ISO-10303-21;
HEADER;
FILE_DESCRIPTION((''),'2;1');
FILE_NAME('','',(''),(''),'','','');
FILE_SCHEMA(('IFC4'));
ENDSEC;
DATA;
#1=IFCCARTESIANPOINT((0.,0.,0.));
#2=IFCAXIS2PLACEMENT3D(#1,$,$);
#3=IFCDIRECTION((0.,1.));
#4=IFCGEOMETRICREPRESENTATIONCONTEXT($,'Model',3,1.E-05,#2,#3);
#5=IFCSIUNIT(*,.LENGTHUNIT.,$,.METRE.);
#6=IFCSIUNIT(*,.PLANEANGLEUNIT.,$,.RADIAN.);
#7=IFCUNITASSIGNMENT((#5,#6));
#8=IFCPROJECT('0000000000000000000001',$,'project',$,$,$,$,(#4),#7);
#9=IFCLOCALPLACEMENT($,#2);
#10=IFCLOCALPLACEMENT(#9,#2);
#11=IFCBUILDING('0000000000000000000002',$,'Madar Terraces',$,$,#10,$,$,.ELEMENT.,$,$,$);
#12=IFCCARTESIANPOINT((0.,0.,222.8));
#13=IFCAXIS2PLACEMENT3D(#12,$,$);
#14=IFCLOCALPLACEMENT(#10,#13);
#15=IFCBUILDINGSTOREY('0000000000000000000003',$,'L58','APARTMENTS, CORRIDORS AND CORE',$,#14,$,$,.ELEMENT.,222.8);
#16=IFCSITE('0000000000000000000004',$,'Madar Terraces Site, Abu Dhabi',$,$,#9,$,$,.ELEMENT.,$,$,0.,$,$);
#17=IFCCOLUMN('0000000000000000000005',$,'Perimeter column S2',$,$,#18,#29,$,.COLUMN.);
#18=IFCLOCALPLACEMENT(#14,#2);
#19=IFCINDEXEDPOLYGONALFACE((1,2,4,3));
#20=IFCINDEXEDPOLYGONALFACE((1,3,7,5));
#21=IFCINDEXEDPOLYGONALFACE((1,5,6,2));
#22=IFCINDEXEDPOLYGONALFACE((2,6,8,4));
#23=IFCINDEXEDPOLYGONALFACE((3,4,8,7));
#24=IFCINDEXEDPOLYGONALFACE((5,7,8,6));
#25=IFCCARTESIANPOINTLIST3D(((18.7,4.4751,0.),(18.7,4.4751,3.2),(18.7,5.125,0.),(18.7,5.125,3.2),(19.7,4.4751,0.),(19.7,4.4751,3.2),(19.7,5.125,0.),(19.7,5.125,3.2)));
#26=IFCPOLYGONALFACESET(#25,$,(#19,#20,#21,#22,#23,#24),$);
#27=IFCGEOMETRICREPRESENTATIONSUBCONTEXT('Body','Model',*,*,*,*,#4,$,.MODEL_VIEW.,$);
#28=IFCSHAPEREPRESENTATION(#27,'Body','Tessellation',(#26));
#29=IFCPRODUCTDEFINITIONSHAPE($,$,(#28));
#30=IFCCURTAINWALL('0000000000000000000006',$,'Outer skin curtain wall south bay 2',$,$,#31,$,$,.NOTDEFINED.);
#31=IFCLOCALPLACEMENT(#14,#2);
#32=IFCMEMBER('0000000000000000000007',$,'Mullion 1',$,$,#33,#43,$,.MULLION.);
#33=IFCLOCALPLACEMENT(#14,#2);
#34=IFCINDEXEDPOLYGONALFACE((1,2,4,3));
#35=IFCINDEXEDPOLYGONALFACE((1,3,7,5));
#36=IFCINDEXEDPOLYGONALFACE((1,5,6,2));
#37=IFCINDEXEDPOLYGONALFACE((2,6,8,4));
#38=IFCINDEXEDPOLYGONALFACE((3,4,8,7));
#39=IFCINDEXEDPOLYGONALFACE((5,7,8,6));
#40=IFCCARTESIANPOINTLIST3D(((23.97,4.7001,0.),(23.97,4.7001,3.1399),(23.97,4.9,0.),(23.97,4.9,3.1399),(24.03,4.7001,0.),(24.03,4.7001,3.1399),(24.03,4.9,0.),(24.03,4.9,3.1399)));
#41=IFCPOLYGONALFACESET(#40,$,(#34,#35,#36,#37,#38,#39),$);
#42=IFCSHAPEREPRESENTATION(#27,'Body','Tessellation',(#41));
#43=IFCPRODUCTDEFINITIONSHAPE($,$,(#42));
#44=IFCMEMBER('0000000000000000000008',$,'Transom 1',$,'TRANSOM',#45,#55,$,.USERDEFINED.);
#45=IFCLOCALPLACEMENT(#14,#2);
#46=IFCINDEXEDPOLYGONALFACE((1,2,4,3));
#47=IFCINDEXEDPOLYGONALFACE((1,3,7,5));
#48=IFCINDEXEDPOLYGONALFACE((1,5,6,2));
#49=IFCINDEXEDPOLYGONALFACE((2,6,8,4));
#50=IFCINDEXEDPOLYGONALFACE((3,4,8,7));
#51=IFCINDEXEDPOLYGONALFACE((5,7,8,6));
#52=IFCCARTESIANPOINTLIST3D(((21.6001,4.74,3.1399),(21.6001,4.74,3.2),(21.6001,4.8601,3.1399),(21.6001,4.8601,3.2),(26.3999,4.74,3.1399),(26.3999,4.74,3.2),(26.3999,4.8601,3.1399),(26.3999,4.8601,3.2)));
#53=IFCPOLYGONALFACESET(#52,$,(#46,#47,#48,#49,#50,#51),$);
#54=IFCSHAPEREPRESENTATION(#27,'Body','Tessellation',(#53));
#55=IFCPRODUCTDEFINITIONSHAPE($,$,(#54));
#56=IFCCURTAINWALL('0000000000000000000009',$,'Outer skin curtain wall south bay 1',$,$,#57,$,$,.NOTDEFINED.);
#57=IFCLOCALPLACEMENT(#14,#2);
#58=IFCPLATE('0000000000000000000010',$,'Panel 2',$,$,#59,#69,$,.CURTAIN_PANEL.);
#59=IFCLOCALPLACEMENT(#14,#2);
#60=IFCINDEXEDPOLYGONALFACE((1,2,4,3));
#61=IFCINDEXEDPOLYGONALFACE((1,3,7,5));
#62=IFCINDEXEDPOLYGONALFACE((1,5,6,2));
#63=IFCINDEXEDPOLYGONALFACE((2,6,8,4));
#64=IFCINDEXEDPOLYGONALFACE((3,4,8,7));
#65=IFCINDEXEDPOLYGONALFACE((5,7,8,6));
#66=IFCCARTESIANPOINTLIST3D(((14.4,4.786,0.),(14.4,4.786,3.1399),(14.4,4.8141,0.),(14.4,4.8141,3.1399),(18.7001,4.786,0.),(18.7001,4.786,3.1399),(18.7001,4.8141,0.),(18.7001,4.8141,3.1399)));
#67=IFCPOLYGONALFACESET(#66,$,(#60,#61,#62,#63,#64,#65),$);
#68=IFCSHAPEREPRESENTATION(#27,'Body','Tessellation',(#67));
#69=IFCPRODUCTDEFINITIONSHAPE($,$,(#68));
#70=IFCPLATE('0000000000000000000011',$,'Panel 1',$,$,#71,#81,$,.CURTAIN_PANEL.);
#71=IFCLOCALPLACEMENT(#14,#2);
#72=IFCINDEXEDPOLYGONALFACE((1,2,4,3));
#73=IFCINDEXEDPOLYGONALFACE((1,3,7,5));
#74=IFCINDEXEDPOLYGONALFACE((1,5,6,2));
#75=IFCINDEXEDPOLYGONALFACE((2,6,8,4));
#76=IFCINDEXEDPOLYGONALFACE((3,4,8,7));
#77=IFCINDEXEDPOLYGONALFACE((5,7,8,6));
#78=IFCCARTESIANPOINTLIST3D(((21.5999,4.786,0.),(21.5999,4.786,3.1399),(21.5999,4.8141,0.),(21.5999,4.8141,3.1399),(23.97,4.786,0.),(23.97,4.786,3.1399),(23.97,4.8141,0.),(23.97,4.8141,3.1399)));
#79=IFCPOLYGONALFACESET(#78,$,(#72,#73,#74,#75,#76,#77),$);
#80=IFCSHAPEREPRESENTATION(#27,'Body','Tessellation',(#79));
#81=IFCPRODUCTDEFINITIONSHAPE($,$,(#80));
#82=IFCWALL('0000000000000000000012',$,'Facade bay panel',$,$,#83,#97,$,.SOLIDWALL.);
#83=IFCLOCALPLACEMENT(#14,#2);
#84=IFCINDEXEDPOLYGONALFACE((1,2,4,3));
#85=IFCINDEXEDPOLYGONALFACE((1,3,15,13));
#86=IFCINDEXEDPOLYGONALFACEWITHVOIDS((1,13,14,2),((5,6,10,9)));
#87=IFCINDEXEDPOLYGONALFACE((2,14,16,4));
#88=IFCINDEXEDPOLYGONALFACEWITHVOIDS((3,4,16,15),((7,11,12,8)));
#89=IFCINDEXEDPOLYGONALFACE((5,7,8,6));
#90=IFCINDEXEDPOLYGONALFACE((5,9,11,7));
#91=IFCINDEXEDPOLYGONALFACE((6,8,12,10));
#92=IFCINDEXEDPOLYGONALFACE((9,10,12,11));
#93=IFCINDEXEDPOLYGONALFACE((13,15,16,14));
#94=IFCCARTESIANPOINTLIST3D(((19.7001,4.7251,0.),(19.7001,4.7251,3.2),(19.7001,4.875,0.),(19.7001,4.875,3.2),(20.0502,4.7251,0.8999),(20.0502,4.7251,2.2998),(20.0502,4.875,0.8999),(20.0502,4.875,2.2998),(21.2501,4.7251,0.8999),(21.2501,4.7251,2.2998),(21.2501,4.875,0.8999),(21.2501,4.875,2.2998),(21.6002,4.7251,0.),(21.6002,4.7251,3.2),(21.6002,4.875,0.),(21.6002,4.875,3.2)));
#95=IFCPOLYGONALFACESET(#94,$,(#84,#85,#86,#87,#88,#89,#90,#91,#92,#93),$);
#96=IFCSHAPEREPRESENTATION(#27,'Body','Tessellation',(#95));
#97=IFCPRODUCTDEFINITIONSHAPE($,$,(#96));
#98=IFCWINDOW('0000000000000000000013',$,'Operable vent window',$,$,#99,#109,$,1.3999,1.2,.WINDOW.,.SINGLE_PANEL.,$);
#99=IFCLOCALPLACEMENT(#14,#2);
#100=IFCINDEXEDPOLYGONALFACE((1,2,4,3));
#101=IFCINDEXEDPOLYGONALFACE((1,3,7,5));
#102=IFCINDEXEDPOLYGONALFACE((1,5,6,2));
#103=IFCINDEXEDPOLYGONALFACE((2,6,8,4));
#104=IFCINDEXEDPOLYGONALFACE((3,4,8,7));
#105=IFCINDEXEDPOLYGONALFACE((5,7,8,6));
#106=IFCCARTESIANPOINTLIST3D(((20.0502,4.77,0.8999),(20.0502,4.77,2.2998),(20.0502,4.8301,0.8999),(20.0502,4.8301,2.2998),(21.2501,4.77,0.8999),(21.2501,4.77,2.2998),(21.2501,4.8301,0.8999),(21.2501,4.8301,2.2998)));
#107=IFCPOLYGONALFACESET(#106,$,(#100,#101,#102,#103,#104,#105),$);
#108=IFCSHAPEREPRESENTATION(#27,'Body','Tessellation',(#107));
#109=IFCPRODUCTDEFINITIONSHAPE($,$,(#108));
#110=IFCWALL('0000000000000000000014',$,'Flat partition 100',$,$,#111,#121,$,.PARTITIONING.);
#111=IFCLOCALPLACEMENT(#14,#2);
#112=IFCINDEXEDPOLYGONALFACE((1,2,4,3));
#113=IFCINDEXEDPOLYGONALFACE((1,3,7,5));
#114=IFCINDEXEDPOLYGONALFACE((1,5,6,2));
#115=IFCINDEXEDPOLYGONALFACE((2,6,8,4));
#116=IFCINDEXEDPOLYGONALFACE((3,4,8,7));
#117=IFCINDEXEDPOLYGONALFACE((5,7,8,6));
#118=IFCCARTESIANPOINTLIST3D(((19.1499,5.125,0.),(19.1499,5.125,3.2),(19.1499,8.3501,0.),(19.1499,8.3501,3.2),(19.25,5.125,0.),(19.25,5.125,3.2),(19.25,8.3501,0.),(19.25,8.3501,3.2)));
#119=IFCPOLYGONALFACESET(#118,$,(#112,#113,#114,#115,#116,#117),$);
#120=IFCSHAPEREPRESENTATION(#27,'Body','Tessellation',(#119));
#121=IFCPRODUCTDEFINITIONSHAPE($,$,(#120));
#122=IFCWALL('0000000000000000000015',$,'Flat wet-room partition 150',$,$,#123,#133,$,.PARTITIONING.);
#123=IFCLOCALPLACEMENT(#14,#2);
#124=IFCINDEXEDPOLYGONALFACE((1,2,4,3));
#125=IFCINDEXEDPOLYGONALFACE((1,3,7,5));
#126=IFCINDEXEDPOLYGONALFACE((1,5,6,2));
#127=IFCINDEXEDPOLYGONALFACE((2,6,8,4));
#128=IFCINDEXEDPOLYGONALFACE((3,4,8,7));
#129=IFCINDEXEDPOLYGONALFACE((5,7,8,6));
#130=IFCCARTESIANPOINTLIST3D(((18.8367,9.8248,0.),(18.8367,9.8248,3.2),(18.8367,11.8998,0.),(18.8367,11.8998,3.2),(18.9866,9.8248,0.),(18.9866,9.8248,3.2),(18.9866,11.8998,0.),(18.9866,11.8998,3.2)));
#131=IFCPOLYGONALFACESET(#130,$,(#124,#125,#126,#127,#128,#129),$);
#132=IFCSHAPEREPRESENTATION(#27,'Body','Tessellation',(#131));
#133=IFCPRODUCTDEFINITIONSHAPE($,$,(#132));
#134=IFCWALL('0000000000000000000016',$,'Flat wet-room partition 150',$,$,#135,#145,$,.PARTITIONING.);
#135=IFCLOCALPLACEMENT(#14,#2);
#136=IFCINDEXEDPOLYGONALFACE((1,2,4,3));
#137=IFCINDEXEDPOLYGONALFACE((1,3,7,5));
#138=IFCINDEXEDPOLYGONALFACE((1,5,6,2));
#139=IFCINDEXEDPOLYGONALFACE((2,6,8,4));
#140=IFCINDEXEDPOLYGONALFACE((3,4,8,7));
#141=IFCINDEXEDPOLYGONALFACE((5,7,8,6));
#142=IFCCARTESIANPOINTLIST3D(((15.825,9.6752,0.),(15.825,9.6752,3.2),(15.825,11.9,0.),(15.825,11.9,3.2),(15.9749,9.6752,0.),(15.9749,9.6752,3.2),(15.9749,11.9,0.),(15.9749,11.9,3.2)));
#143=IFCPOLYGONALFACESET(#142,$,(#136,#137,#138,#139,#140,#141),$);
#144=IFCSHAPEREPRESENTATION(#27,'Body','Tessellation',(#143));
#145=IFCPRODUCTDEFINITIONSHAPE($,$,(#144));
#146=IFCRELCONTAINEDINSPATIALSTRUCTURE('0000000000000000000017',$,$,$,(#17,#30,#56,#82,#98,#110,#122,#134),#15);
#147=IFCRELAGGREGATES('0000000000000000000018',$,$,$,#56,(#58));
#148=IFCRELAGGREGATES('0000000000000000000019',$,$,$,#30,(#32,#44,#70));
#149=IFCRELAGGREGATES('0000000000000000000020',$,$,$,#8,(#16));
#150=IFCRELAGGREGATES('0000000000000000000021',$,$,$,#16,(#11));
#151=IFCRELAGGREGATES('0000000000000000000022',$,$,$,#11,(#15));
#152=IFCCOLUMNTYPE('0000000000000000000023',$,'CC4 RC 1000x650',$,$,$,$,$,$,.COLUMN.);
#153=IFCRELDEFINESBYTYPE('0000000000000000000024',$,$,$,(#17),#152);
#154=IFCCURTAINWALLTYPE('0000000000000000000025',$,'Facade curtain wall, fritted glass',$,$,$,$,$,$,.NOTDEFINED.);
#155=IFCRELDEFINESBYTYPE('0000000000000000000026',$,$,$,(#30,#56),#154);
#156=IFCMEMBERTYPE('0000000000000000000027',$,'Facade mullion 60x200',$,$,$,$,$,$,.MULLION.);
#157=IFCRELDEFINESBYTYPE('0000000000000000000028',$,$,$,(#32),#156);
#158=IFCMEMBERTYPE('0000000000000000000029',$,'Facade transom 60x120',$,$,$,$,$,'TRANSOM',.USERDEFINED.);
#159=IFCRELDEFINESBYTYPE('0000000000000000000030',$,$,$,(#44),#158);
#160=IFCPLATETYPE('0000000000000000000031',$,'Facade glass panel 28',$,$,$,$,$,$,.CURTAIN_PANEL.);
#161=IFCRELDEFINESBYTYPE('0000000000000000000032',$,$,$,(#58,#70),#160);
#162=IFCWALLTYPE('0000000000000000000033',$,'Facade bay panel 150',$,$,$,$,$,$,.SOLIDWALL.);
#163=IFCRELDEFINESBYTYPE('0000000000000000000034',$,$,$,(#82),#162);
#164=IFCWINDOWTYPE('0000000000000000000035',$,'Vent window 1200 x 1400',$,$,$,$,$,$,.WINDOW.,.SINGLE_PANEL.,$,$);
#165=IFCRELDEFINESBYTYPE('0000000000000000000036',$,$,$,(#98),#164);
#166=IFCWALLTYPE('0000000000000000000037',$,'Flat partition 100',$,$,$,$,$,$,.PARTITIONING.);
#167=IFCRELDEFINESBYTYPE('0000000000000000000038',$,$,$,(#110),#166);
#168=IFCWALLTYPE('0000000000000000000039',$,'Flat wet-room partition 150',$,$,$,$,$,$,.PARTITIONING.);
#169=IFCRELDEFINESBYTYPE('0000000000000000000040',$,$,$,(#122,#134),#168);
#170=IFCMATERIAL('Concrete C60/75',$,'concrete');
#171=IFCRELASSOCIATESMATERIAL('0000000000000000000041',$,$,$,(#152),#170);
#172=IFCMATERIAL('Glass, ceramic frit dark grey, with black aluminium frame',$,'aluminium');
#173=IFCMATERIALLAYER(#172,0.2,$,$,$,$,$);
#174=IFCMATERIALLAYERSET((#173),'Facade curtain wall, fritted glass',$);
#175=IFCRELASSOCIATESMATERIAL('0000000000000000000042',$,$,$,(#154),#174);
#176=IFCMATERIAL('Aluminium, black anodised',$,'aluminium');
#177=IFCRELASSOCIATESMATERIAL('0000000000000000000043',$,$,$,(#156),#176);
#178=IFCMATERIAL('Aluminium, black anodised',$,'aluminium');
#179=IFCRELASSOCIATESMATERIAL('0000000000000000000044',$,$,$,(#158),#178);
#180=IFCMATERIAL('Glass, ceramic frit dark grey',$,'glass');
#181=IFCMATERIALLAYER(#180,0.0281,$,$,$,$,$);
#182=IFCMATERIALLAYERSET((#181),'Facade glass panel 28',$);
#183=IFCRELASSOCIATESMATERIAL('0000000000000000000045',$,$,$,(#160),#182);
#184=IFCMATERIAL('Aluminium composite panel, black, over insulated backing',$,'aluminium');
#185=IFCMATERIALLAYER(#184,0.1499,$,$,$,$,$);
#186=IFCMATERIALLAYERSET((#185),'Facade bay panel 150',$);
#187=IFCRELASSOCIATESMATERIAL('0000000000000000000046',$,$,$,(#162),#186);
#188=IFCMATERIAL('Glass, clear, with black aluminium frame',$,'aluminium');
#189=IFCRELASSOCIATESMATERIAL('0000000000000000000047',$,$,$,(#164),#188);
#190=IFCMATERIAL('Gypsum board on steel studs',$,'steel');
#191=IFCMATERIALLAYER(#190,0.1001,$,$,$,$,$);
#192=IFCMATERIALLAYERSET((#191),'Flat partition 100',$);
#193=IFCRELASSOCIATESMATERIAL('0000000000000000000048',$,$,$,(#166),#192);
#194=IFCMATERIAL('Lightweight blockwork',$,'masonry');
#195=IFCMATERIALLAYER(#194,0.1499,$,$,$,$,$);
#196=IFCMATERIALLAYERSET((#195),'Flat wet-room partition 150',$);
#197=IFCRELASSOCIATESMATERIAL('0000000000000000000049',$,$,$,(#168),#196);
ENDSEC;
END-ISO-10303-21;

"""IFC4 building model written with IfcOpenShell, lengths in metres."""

from ifc_helpers import new_model, si_unit, direction, frame, frame_2d, origin, origin_2d, place, context, subcontext, project, spatial, rectangle, extrude, material, layer, layer_set, material_profile, profile_set, type_object, element, fill, aggregate, save


model = new_model("IFC4")

# Units and contexts
model_context = context("Model", 3, precision=1e-05, world=origin(), true_north=direction((0.0, 1.0)))
body_context = subcontext(model_context, "Body", "Model", "MODEL_VIEW")
ifc_project = project(units=[si_unit("LENGTHUNIT", "METRE"), si_unit("PLANEANGLEUNIT", "RADIAN")], contexts=[model_context])

# Site, building, storey
site_placement = place(None, origin())
site = spatial("IfcSite", under=ifc_project, at=site_placement, Name="Madar Terraces Site, Abu Dhabi", CompositionType="ELEMENT", RefElevation=0.0)
building_placement = place(site_placement, origin())
building = spatial("IfcBuilding", under=site, at=building_placement, Name="Madar Terraces", CompositionType="ELEMENT")
storey_placement = place(building_placement, frame((0.0, 0.0, 222.8)))
storey = spatial("IfcBuildingStorey", under=building, at=storey_placement, Name="L58", Description="APARTMENTS, CORRIDORS AND CORE", CompositionType="ELEMENT", Elevation=222.8)

# Column
ifc_material_1 = material(Name="Concrete C60/75", Category="concrete")
ifc_material_profile_1 = material_profile(ifc_material_1, rectangle(XDim=1.0, YDim=0.6499, at=origin_2d()), Name="CC4 RC 1000x650")
ifc_profile_set_1 = profile_set([ifc_material_profile_1], Name="Concrete C60/75")
column_type = type_object("IfcColumnType", Name="CC4 RC 1000x650", PredefinedType="COLUMN", material=ifc_profile_set_1)
column_placement = place(storey_placement, frame((19.2, 4.8, 0.0), z_axis=(0.0, 0.0, 1.0), x_axis=(1.0, 0.0, 0.0)))
element("IfcColumn", 1, at=column_placement, inside=storey, type_object=column_type, Name="Perimeter column S2", PredefinedType="COLUMN", context=body_context, shape_type="SweptSolid", body=[
    extrude(rectangle(XDim=1.0, YDim=0.6499, at=origin_2d()), origin(), (0.0, 0.0, 1.0), 3.2),
])

# Curtain wall, members
ifc_material_2 = material(Name="Glass, ceramic frit dark grey, with black aluminium frame", Category="aluminium")
ifc_layer_1 = layer(ifc_material_2, 0.2)
ifc_layer_set_1 = layer_set([ifc_layer_1], Name="Facade curtain wall, fritted glass")
curtain_wall_type = type_object("IfcCurtainWallType", Name="Facade curtain wall, fritted glass", PredefinedType="NOTDEFINED", material=ifc_layer_set_1)
curtain_wall_1_placement = place(storey_placement, origin())
curtain_wall_1 = element("IfcCurtainWall", 2, at=curtain_wall_1_placement, inside=storey, type_object=curtain_wall_type, Name="Outer skin curtain wall south bay 2", PredefinedType="NOTDEFINED")
ifc_material_3 = material(Name="Aluminium, black anodised", Category="aluminium")
ifc_material_profile_2 = material_profile(ifc_material_3, rectangle(XDim=0.2, YDim=0.0601, at=origin_2d()), Name="Facade mullion 60x200")
ifc_profile_set_2 = profile_set([ifc_material_profile_2], Name="Aluminium, black anodised")
member_type_1 = type_object("IfcMemberType", Name="Facade mullion 60x200", PredefinedType="MULLION", material=ifc_profile_set_2)
member_1_placement = place(storey_placement, frame((24.0, 4.8, 0.0), z_axis=(0.0, 0.0, 1.0), x_axis=(0.0, 1.0, 0.0)))
member_1 = element("IfcMember", 3, at=member_1_placement, type_object=member_type_1, Name="Mullion 1", PredefinedType="MULLION", context=body_context, shape_type="SweptSolid", body=[
    extrude(rectangle(XDim=0.2, YDim=0.0601, at=origin_2d()), origin(), (0.0, 0.0, 1.0), 3.1399),
])
ifc_material_4 = material(Name="Aluminium, black anodised", Category="aluminium")
ifc_material_profile_3 = material_profile(ifc_material_4, rectangle(XDim=0.1201, YDim=0.0601, at=origin_2d()), Name="Facade transom 60x120")
ifc_profile_set_3 = profile_set([ifc_material_profile_3], Name="Aluminium, black anodised")
member_type_2 = type_object("IfcMemberType", Name="Facade transom 60x120", ElementType="TRANSOM", PredefinedType="USERDEFINED", material=ifc_profile_set_3)
member_2_placement = place(storey_placement, frame((21.6001, 4.8, 3.1699), z_axis=(1.0, 0.0, 0.0), x_axis=(0.0, 1.0, 0.0)))
member_2 = element("IfcMember", 4, at=member_2_placement, type_object=member_type_2, Name="Transom 1", ObjectType="TRANSOM", PredefinedType="USERDEFINED", context=body_context, shape_type="SweptSolid", body=[
    extrude(rectangle(XDim=0.1201, YDim=0.0601, at=origin_2d()), origin(), (0.0, 0.0, 1.0), 4.7998),
])

# Curtain wall, plate
curtain_wall_2_placement = place(storey_placement, origin())
curtain_wall_2 = element("IfcCurtainWall", 5, at=curtain_wall_2_placement, inside=storey, type_object=curtain_wall_type, Name="Outer skin curtain wall south bay 1", PredefinedType="NOTDEFINED")
ifc_material_5 = material(Name="Glass, ceramic frit dark grey", Category="glass")
ifc_layer_2 = layer(ifc_material_5, 0.0281)
ifc_layer_set_2 = layer_set([ifc_layer_2], Name="Facade glass panel 28")
plate_type = type_object("IfcPlateType", Name="Facade glass panel 28", PredefinedType="CURTAIN_PANEL", material=ifc_layer_set_2)
plate_1_placement = place(storey_placement, frame((16.55, 4.8, 0.0), z_axis=(0.0, 0.0, 1.0), x_axis=(1.0, 0.0, 0.0)))
plate_1 = element("IfcPlate", 6, at=plate_1_placement, type_object=plate_type, Name="Panel 2", PredefinedType="CURTAIN_PANEL", context=body_context, shape_type="SweptSolid", body=[
    extrude(rectangle(XDim=4.3, YDim=0.0281, at=origin_2d()), origin(), (0.0, 0.0, 1.0), 3.1399),
])
aggregate(curtain_wall_2, [plate_1])

# Plate
plate_2_placement = place(storey_placement, frame((22.7849, 4.8, 0.0), z_axis=(0.0, 0.0, 1.0), x_axis=(1.0, 0.0, 0.0)))
plate_2 = element("IfcPlate", 7, at=plate_2_placement, type_object=plate_type, Name="Panel 1", PredefinedType="CURTAIN_PANEL", context=body_context, shape_type="SweptSolid", body=[
    extrude(rectangle(XDim=2.3701, YDim=0.0281, at=origin_2d()), origin(), (0.0, 0.0, 1.0), 3.1399),
])
aggregate(curtain_wall_1, [member_1, member_2, plate_2])

# Wall, opening, window
ifc_material_6 = material(Name="Aluminium composite panel, black, over insulated backing", Category="aluminium")
ifc_layer_3 = layer(ifc_material_6, 0.1499)
ifc_layer_set_3 = layer_set([ifc_layer_3], Name="Facade bay panel 150")
wall_type_1 = type_object("IfcWallType", Name="Facade bay panel 150", PredefinedType="SOLIDWALL", material=ifc_layer_set_3)
wall_1_placement = place(storey_placement, frame((19.7, 4.8, 0.0), z_axis=(0.0, 0.0, 1.0), x_axis=(1.0, 0.0, 0.0)))
wall_1 = element("IfcWall", 8, at=wall_1_placement, inside=storey, type_object=wall_type_1, Name="Facade bay panel", PredefinedType="SOLIDWALL", context=body_context, shape_type="SweptSolid", body=[
    extrude(rectangle(XDim=1.9001, YDim=0.1499, at=frame_2d((0.9502, 0.0))), origin(), (0.0, 0.0, 1.0), 3.2),
])
opening_1_placement = place(wall_1_placement, frame((0.3501, 0.0, 0.8999)))
opening_1 = element("IfcOpeningElement", 9, at=opening_1_placement, cuts=wall_1, PredefinedType="OPENING", context=body_context, shape_type="SweptSolid", body=[
    extrude(rectangle(XDim=1.2, YDim=1.3999, at=frame_2d((0.6001, 0.7))), frame((0.0, 0.085, 0.0), z_axis=(0.0, -1.0, 0.0), x_axis=(1.0, 0.0, 0.0)), (0.0, 0.0, 1.0), 0.1699),
])
ifc_material_7 = material(Name="Glass, clear, with black aluminium frame", Category="aluminium")
window_type = type_object("IfcWindowType", Name="Vent window 1200 x 1400", PartitioningType="SINGLE_PANEL", PredefinedType="WINDOW", material=ifc_material_7)
window_placement = place(opening_1_placement, origin())
window = element("IfcWindow", 10, at=window_placement, inside=storey, type_object=window_type, Name="Operable vent window", OverallHeight=1.3999, OverallWidth=1.2, PartitioningType="SINGLE_PANEL", PredefinedType="WINDOW", context=body_context, shape_type="SweptSolid", body=[
    extrude(rectangle(XDim=1.2, YDim=1.3999, at=frame_2d((0.6001, 0.7))), frame((0.0, 0.03, 0.0), z_axis=(0.0, -1.0, 0.0), x_axis=(1.0, 0.0, 0.0)), (0.0, 0.0, 1.0), 0.0601),
])
fill(opening_1, window)

# Walls
ifc_material_8 = material(Name="Gypsum board on steel studs", Category="steel")
ifc_layer_4 = layer(ifc_material_8, 0.1001)
ifc_layer_set_4 = layer_set([ifc_layer_4], Name="Flat partition 100")
wall_type_2 = type_object("IfcWallType", Name="Flat partition 100", PredefinedType="PARTITIONING", material=ifc_layer_set_4)
wall_2_placement = place(storey_placement, frame((19.2, 8.3501, 0.0), z_axis=(0.0, 0.0, 1.0), x_axis=(0.0, -1.0, 0.0)))
element("IfcWall", 11, at=wall_2_placement, inside=storey, type_object=wall_type_2, Name="Flat partition 100", PredefinedType="PARTITIONING", context=body_context, shape_type="SweptSolid", body=[
    extrude(rectangle(XDim=3.2251, YDim=0.1001, at=frame_2d((1.6125, 0.0))), origin(), (0.0, 0.0, 1.0), 3.2),
])
ifc_material_9 = material(Name="Lightweight blockwork", Category="masonry")
ifc_layer_5 = layer(ifc_material_9, 0.1499)
ifc_layer_set_5 = layer_set([ifc_layer_5], Name="Flat wet-room partition 150")
wall_type_3 = type_object("IfcWallType", Name="Flat wet-room partition 150", PredefinedType="PARTITIONING", material=ifc_layer_set_5)
wall_3_placement = place(storey_placement, frame((18.9116, 11.8999, 0.0), z_axis=(0.0, 0.0, 1.0), x_axis=(0.0, -1.0, 0.0)))
element("IfcWall", 12, at=wall_3_placement, inside=storey, type_object=wall_type_3, Name="Flat wet-room partition 150", PredefinedType="PARTITIONING", context=body_context, shape_type="SweptSolid", body=[
    extrude(rectangle(XDim=2.075, YDim=0.1499, at=frame_2d((1.0376, 0.0))), origin(), (0.0, 0.0, 1.0), 3.2),
])
wall_4_placement = place(storey_placement, frame((15.8999, 11.8999, 0.0), z_axis=(0.0, 0.0, 1.0), x_axis=(0.0, -1.0, 0.0)))
element("IfcWall", 13, at=wall_4_placement, inside=storey, type_object=wall_type_3, Name="Flat wet-room partition 150", PredefinedType="PARTITIONING", context=body_context, shape_type="SweptSolid", body=[
    extrude(rectangle(XDim=2.2249, YDim=0.1499, at=frame_2d((1.1123, 0.0))), origin(), (0.0, 0.0, 1.0), 3.2),
])

save(model, "model.ifc")
